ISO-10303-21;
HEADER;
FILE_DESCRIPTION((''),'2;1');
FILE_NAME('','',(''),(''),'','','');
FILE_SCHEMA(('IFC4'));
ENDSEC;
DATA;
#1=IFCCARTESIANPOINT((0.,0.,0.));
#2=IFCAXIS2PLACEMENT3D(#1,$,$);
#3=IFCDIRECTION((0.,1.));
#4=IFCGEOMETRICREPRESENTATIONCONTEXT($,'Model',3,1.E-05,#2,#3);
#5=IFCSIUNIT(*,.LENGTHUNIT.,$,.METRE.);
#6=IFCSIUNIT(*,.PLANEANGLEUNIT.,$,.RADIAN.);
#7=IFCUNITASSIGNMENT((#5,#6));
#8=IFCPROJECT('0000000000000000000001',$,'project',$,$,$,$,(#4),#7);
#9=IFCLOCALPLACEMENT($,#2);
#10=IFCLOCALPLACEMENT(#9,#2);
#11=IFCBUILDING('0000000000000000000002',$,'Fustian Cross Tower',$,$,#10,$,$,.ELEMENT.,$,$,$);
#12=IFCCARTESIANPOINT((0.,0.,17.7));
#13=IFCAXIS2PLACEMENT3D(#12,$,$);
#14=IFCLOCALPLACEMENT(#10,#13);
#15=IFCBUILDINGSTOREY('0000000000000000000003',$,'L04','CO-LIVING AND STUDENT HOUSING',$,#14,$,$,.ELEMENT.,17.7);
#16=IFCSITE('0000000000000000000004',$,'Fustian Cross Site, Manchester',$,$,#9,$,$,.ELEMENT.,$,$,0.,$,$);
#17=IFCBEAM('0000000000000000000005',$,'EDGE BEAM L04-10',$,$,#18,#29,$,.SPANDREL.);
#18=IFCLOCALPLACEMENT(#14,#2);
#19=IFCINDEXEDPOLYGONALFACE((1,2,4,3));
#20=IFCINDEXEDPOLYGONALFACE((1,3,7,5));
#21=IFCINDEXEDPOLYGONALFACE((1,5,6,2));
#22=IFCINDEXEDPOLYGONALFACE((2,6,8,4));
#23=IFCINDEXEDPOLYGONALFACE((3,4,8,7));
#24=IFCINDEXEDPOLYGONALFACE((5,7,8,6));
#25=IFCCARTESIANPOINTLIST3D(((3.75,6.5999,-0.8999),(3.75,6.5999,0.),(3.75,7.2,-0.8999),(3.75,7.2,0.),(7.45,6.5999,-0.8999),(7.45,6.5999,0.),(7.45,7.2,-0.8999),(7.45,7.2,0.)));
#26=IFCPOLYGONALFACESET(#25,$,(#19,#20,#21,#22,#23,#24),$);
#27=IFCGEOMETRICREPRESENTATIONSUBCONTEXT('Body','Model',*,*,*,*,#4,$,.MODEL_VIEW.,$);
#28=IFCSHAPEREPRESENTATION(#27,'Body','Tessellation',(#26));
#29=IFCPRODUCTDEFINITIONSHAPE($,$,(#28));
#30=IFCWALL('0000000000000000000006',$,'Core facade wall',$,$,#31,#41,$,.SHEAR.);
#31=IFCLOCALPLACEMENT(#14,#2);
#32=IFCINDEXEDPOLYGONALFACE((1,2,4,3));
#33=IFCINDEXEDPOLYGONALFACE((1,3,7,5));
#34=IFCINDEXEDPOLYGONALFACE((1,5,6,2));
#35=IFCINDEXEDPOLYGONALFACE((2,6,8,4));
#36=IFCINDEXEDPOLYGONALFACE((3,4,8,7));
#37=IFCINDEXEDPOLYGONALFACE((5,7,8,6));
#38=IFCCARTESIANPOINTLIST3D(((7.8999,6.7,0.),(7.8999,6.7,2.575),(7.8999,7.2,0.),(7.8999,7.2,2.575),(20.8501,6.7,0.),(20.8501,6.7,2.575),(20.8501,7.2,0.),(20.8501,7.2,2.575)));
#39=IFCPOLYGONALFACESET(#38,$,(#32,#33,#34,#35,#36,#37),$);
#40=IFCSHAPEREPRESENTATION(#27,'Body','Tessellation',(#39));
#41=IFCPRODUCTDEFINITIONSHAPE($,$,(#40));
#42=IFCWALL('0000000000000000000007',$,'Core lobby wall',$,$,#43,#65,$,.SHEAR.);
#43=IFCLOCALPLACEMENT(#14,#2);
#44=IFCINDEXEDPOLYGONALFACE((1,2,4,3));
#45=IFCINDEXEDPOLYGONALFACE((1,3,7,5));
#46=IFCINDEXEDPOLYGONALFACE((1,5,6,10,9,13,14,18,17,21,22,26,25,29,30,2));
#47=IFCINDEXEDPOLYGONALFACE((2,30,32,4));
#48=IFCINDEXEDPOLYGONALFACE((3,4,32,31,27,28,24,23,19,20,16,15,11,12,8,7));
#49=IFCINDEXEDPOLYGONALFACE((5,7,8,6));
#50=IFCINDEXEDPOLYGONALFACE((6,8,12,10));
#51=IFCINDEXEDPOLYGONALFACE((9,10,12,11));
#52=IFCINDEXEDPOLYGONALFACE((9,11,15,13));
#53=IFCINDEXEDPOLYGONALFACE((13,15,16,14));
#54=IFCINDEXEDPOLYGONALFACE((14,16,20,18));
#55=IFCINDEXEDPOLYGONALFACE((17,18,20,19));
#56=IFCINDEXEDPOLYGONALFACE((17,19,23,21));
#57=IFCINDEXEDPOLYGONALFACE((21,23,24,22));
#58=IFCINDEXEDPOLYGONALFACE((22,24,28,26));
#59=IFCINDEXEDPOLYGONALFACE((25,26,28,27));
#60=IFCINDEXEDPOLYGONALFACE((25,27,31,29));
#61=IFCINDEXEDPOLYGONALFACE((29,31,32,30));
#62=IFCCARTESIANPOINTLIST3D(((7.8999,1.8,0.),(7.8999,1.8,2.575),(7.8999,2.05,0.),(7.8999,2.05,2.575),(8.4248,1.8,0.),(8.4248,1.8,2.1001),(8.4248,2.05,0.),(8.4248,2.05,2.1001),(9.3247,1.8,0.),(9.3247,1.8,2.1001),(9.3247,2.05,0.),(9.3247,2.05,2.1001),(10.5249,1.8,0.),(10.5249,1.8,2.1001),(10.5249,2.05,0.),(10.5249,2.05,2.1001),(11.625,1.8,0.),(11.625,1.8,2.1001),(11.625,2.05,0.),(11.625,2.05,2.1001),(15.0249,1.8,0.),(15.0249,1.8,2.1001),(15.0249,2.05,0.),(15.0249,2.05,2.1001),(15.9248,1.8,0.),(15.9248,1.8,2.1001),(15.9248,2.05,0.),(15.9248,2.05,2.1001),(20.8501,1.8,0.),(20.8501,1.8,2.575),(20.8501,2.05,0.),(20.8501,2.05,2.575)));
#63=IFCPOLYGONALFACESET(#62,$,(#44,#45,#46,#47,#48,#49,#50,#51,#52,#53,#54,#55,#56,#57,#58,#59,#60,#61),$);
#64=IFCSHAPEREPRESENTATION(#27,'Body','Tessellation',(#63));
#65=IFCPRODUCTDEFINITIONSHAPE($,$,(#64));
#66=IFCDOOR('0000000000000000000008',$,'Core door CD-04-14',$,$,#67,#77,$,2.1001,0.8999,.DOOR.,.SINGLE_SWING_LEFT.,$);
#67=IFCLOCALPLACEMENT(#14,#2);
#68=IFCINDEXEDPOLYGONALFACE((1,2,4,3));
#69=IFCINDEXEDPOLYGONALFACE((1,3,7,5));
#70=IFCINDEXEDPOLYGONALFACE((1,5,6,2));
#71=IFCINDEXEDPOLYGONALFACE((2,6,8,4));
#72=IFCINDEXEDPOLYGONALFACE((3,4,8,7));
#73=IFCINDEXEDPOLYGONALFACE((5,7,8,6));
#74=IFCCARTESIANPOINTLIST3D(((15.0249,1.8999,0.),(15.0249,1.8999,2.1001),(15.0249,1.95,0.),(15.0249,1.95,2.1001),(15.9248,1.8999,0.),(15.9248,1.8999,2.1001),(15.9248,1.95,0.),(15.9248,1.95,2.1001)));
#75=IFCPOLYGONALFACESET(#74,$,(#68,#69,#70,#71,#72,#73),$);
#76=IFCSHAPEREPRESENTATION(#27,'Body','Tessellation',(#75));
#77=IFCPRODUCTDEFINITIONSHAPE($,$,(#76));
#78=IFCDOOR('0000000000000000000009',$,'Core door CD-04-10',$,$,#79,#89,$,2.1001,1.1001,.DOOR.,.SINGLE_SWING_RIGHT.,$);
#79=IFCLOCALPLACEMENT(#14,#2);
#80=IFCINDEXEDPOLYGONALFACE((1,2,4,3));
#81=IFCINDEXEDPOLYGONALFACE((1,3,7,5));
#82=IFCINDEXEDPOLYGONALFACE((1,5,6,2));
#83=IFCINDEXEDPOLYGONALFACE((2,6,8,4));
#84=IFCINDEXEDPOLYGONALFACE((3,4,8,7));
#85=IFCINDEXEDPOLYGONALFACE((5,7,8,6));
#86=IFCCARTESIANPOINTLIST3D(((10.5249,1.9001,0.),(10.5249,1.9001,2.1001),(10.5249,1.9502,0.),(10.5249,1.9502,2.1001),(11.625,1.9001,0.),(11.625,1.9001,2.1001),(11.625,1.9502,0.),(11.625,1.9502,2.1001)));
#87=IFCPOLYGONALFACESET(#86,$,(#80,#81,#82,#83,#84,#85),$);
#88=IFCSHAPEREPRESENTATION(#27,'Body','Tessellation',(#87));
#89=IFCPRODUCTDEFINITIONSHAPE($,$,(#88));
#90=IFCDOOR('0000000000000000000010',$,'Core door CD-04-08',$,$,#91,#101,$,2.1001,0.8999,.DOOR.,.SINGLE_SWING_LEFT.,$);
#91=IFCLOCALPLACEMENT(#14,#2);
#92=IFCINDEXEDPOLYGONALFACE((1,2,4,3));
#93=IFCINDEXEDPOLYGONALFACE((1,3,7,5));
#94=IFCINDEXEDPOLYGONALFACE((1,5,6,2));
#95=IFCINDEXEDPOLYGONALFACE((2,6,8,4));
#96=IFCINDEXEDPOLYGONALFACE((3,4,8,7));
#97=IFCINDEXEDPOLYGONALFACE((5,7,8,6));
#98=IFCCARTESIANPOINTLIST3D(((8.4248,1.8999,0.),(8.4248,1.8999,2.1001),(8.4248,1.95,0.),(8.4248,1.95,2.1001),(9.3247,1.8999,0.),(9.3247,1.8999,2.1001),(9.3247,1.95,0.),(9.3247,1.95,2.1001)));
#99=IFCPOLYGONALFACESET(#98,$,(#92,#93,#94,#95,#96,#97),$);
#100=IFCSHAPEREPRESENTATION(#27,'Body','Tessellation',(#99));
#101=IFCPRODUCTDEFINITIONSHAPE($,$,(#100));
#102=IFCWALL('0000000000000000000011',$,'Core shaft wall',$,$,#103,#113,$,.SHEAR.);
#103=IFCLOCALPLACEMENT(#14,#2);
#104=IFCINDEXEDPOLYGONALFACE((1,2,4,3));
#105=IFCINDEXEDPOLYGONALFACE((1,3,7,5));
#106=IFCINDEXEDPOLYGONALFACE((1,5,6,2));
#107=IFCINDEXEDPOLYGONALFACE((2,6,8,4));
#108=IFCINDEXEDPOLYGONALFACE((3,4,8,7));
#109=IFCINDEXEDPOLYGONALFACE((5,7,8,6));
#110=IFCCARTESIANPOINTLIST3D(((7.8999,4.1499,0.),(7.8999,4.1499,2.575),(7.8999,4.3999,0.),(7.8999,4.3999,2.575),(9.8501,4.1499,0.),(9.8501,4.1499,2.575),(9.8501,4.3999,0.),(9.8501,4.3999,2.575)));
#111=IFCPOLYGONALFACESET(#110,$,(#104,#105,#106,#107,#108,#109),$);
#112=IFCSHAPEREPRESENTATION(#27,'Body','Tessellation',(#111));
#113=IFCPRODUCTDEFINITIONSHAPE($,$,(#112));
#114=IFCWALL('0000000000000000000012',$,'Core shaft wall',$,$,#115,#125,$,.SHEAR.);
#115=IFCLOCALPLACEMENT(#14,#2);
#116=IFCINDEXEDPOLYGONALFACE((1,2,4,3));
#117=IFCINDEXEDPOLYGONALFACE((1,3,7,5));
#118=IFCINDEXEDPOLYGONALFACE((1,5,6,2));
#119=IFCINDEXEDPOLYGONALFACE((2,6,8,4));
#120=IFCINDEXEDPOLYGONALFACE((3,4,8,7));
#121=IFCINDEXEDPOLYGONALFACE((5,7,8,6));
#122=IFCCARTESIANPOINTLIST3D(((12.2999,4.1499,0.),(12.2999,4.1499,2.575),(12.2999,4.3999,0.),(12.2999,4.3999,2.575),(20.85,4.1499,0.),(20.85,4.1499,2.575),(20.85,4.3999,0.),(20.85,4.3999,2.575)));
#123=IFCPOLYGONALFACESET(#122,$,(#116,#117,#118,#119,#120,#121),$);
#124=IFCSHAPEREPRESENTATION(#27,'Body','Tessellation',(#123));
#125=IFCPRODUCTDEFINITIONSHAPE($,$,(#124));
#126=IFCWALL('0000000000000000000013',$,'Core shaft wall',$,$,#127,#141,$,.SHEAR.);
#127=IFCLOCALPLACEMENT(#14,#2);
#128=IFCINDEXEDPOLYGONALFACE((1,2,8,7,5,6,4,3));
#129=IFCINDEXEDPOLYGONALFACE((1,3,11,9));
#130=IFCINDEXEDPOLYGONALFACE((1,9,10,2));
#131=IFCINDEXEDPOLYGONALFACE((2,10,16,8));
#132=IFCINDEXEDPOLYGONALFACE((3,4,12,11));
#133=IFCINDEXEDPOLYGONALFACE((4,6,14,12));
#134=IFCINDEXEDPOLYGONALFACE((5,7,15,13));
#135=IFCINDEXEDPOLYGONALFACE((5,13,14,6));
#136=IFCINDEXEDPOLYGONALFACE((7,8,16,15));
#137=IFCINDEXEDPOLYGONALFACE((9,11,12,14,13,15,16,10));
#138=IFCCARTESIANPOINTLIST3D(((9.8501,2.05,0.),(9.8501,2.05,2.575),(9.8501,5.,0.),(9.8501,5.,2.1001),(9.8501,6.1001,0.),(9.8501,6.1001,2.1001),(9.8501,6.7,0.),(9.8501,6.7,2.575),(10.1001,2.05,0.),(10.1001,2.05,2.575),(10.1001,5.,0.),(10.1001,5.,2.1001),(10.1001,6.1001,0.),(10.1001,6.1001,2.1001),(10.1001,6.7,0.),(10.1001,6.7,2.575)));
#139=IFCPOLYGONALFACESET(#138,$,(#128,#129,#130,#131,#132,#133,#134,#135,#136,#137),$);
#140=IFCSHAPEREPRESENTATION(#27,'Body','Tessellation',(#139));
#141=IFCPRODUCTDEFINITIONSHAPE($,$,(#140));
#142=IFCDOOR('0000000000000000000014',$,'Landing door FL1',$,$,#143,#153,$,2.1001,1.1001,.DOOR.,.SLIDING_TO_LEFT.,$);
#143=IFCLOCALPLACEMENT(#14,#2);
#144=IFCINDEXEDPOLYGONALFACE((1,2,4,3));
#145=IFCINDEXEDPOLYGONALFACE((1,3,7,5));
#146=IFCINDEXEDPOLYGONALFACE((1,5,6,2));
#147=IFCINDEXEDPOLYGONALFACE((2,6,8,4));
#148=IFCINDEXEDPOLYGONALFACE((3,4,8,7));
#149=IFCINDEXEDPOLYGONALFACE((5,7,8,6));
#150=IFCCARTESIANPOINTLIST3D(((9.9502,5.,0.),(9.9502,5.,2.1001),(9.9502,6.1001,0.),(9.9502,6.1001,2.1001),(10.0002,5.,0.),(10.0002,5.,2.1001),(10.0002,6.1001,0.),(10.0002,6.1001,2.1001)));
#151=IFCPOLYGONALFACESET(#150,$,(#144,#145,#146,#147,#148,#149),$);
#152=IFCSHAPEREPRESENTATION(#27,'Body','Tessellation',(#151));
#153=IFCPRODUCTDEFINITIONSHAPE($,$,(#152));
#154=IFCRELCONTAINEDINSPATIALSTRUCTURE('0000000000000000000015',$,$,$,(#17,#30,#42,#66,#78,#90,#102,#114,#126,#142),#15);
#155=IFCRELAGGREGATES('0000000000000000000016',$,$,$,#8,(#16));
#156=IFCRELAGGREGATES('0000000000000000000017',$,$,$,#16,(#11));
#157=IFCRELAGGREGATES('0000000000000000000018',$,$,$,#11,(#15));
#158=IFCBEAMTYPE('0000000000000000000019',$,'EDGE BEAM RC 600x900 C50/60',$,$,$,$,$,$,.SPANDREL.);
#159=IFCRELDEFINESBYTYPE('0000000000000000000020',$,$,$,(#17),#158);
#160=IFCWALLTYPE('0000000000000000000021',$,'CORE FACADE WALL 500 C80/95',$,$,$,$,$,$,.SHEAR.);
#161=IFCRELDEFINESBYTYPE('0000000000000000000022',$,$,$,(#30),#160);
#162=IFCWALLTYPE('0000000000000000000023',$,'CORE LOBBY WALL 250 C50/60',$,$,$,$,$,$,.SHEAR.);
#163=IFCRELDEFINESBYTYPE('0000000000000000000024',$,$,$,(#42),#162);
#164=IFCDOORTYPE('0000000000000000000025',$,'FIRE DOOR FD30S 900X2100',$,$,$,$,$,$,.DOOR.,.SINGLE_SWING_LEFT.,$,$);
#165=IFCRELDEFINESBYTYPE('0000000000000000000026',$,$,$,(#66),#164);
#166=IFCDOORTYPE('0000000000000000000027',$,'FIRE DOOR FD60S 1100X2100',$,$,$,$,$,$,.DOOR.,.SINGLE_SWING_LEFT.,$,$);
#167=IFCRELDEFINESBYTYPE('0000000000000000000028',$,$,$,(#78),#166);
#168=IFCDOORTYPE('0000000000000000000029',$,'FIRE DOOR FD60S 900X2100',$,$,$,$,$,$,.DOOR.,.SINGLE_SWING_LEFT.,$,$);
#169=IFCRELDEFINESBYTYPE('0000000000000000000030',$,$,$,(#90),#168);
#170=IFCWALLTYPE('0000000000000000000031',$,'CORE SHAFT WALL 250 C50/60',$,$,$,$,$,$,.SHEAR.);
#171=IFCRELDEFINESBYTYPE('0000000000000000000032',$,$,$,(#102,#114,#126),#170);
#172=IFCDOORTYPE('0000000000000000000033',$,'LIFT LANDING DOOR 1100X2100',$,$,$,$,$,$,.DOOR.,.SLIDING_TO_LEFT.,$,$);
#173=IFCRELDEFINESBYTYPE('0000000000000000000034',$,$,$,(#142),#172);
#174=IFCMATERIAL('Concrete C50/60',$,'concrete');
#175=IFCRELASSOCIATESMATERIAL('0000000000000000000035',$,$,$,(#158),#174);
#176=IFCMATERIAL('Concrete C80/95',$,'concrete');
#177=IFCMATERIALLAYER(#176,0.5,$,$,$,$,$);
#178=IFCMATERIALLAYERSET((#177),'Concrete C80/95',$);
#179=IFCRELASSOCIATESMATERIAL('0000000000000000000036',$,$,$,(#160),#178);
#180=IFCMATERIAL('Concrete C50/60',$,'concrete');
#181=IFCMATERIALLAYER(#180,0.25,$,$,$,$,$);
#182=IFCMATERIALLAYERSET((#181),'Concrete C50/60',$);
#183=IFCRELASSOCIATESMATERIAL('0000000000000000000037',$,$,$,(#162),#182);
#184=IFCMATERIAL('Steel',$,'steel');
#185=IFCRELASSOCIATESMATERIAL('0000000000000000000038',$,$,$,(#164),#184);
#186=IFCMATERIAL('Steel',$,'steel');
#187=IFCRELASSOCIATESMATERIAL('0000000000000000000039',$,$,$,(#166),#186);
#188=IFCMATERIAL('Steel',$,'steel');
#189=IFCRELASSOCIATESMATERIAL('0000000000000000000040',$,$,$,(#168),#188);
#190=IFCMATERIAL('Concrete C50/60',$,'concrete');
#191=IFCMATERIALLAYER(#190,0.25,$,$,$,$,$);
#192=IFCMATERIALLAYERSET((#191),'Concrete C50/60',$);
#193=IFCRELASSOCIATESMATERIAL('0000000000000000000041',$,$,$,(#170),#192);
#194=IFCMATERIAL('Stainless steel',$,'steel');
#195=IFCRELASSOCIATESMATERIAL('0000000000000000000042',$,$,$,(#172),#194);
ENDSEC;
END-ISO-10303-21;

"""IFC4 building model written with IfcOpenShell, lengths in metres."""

from ifc_helpers import new_model, si_unit, direction, frame, frame_2d, origin, origin_2d, place, context, subcontext, project, spatial, rectangle, extrude, material, layer, layer_set, material_profile, profile_set, type_object, element, fill, save


model = new_model("IFC4")

# Units and contexts
model_context = context("Model", 3, precision=1e-05, world=origin(), true_north=direction((0.0, 1.0)))
body_context = subcontext(model_context, "Body", "Model", "MODEL_VIEW")
ifc_project = project(units=[si_unit("LENGTHUNIT", "METRE"), si_unit("PLANEANGLEUNIT", "RADIAN")], contexts=[model_context])

# Site, building, storey
site_placement = place(None, origin())
site = spatial("IfcSite", under=ifc_project, at=site_placement, Name="Fustian Cross Site, Manchester", CompositionType="ELEMENT", RefElevation=0.0)
building_placement = place(site_placement, origin())
building = spatial("IfcBuilding", under=site, at=building_placement, Name="Fustian Cross Tower", CompositionType="ELEMENT")
storey_placement = place(building_placement, frame((0.0, 0.0, 17.7)))
storey = spatial("IfcBuildingStorey", under=building, at=storey_placement, Name="L04", Description="CO-LIVING AND STUDENT HOUSING", CompositionType="ELEMENT", Elevation=17.7)

# Beam
ifc_material_1 = material(Name="Concrete C50/60", Category="concrete")
ifc_material_profile = material_profile(ifc_material_1, rectangle(XDim=0.6001, YDim=0.8999, at=origin_2d()), Name="RC 600x900")
ifc_profile_set = profile_set([ifc_material_profile], Name="Concrete C50/60")
beam_type = type_object("IfcBeamType", Name="EDGE BEAM RC 600x900 C50/60", PredefinedType="SPANDREL", material=ifc_profile_set)
beam_placement = place(storey_placement, frame((7.45, 6.8999, -0.45), z_axis=(-1.0, 0.0, 0.0), x_axis=(0.0, -1.0, 0.0)))
element("IfcBeam", 1, at=beam_placement, inside=storey, type_object=beam_type, Name="EDGE BEAM L04-10", PredefinedType="SPANDREL", context=body_context, shape_type="SweptSolid", body=[
    extrude(rectangle(XDim=0.6001, YDim=0.8999, at=origin_2d()), origin(), (0.0, 0.0, 1.0), 3.7),
])

# Wall
ifc_material_2 = material(Name="Concrete C80/95", Category="concrete")
ifc_layer_1 = layer(ifc_material_2, 0.5)
ifc_layer_set_1 = layer_set([ifc_layer_1], Name="Concrete C80/95")
wall_type_1 = type_object("IfcWallType", Name="CORE FACADE WALL 500 C80/95", PredefinedType="SHEAR", material=ifc_layer_set_1)
wall_1_placement = place(storey_placement, frame((7.8999, 6.95, 0.0), z_axis=(0.0, 0.0, 1.0), x_axis=(1.0, 0.0, 0.0)))
element("IfcWall", 2, at=wall_1_placement, inside=storey, type_object=wall_type_1, Name="Core facade wall", PredefinedType="SHEAR", context=body_context, shape_type="SweptSolid", body=[
    extrude(rectangle(XDim=12.9502, YDim=0.5, at=frame_2d((6.4751, 0.0))), origin(), (0.0, 0.0, 1.0), 2.575),
])

# Wall, openings, doors
ifc_material_3 = material(Name="Concrete C50/60", Category="concrete")
ifc_layer_2 = layer(ifc_material_3, 0.25)
ifc_layer_set_2 = layer_set([ifc_layer_2], Name="Concrete C50/60")
wall_type_2 = type_object("IfcWallType", Name="CORE LOBBY WALL 250 C50/60", PredefinedType="SHEAR", material=ifc_layer_set_2)
wall_2_placement = place(storey_placement, frame((7.8999, 1.925, 0.0), z_axis=(0.0, 0.0, 1.0), x_axis=(1.0, 0.0, 0.0)))
wall_2 = element("IfcWall", 3, at=wall_2_placement, inside=storey, type_object=wall_type_2, Name="Core lobby wall", PredefinedType="SHEAR", context=body_context, shape_type="SweptSolid", body=[
    extrude(rectangle(XDim=12.9502, YDim=0.25, at=frame_2d((6.4751, 0.0))), origin(), (0.0, 0.0, 1.0), 2.575),
])
opening_1_placement = place(wall_2_placement, frame((0.5249, 0.0, 0.0)))
opening_1 = element("IfcOpeningElement", 4, at=opening_1_placement, cuts=wall_2, PredefinedType="OPENING", context=body_context, shape_type="SweptSolid", body=[
    extrude(rectangle(XDim=0.8999, YDim=2.1001, at=frame_2d((0.45, 1.05))), frame((0.0, 0.135, 0.0), z_axis=(0.0, -1.0, 0.0), x_axis=(1.0, 0.0, 0.0)), (0.0, 0.0, 1.0), 0.27),
])
opening_2_placement = place(wall_2_placement, frame((2.625, 0.0, 0.0)))
opening_2 = element("IfcOpeningElement", 5, at=opening_2_placement, cuts=wall_2, PredefinedType="OPENING", context=body_context, shape_type="SweptSolid", body=[
    extrude(rectangle(XDim=1.1001, YDim=2.1001, at=frame_2d((0.55, 1.05))), frame((0.0, 0.135, 0.0), z_axis=(0.0, -1.0, 0.0), x_axis=(1.0, 0.0, 0.0)), (0.0, 0.0, 1.0), 0.27),
])
opening_3_placement = place(wall_2_placement, frame((7.125, 0.0, 0.0)))
opening_3 = element("IfcOpeningElement", 6, at=opening_3_placement, cuts=wall_2, PredefinedType="OPENING", context=body_context, shape_type="SweptSolid", body=[
    extrude(rectangle(XDim=0.8999, YDim=2.1001, at=frame_2d((0.45, 1.05))), frame((0.0, 0.135, 0.0), z_axis=(0.0, -1.0, 0.0), x_axis=(1.0, 0.0, 0.0)), (0.0, 0.0, 1.0), 0.27),
])
ifc_material_4 = material(Name="Steel", Category="steel")
door_type_1 = type_object("IfcDoorType", Name="FIRE DOOR FD30S 900X2100", OperationType="SINGLE_SWING_LEFT", PredefinedType="DOOR", material=ifc_material_4)
door_1_placement = place(opening_3_placement, origin())
door_1 = element("IfcDoor", 7, at=door_1_placement, inside=storey, type_object=door_type_1, Name="Core door CD-04-14", OperationType="SINGLE_SWING_LEFT", OverallHeight=2.1001, OverallWidth=0.8999, PredefinedType="DOOR", context=body_context, shape_type="SweptSolid", body=[
    extrude(rectangle(XDim=0.8999, YDim=2.1001, at=frame_2d((0.45, 1.05))), frame((0.0, 0.0249, 0.0), z_axis=(0.0, -1.0, 0.0), x_axis=(1.0, 0.0, 0.0)), (0.0, 0.0, 1.0), 0.05),
])
fill(opening_3, door_1)
ifc_material_5 = material(Name="Steel", Category="steel")
door_type_2 = type_object("IfcDoorType", Name="FIRE DOOR FD60S 1100X2100", OperationType="SINGLE_SWING_LEFT", PredefinedType="DOOR", material=ifc_material_5)
door_2_placement = place(opening_2_placement, frame((1.1001, 0.0, 0.0), z_axis=(0.0, 0.0, 1.0), x_axis=(-1.0, 0.0, 0.0)))
door_2 = element("IfcDoor", 8, at=door_2_placement, inside=storey, type_object=door_type_2, Name="Core door CD-04-10", OperationType="SINGLE_SWING_RIGHT", OverallHeight=2.1001, OverallWidth=1.1001, PredefinedType="DOOR", context=body_context, shape_type="SweptSolid", body=[
    extrude(rectangle(XDim=1.1001, YDim=2.1001, at=frame_2d((0.55, 1.05))), frame((0.0, 0.0249, 0.0), z_axis=(0.0, -1.0, 0.0), x_axis=(1.0, 0.0, 0.0)), (0.0, 0.0, 1.0), 0.05),
])
fill(opening_2, door_2)
ifc_material_6 = material(Name="Steel", Category="steel")
door_type_3 = type_object("IfcDoorType", Name="FIRE DOOR FD60S 900X2100", OperationType="SINGLE_SWING_LEFT", PredefinedType="DOOR", material=ifc_material_6)
door_3_placement = place(opening_1_placement, origin())
door_3 = element("IfcDoor", 9, at=door_3_placement, inside=storey, type_object=door_type_3, Name="Core door CD-04-08", OperationType="SINGLE_SWING_LEFT", OverallHeight=2.1001, OverallWidth=0.8999, PredefinedType="DOOR", context=body_context, shape_type="SweptSolid", body=[
    extrude(rectangle(XDim=0.8999, YDim=2.1001, at=frame_2d((0.45, 1.05))), frame((0.0, 0.0249, 0.0), z_axis=(0.0, -1.0, 0.0), x_axis=(1.0, 0.0, 0.0)), (0.0, 0.0, 1.0), 0.05),
])
fill(opening_1, door_3)

# Walls
ifc_material_7 = material(Name="Concrete C50/60", Category="concrete")
ifc_layer_3 = layer(ifc_material_7, 0.25)
ifc_layer_set_3 = layer_set([ifc_layer_3], Name="Concrete C50/60")
wall_type_3 = type_object("IfcWallType", Name="CORE SHAFT WALL 250 C50/60", PredefinedType="SHEAR", material=ifc_layer_set_3)
wall_3_placement = place(storey_placement, frame((7.8999, 4.2749, 0.0), z_axis=(0.0, 0.0, 1.0), x_axis=(1.0, 0.0, 0.0)))
element("IfcWall", 10, at=wall_3_placement, inside=storey, type_object=wall_type_3, Name="Core shaft wall", PredefinedType="SHEAR", context=body_context, shape_type="SweptSolid", body=[
    extrude(rectangle(XDim=1.9502, YDim=0.25, at=frame_2d((0.9751, 0.0))), origin(), (0.0, 0.0, 1.0), 2.575),
])
wall_4_placement = place(storey_placement, frame((12.3, 4.2749, 0.0), z_axis=(0.0, 0.0, 1.0), x_axis=(1.0, 0.0, 0.0)))
element("IfcWall", 11, at=wall_4_placement, inside=storey, type_object=wall_type_3, Name="Core shaft wall", PredefinedType="SHEAR", context=body_context, shape_type="SweptSolid", body=[
    extrude(rectangle(XDim=8.55, YDim=0.25, at=frame_2d((4.2749, 0.0))), origin(), (0.0, 0.0, 1.0), 2.575),
])

# Wall, opening, door
wall_5_placement = place(storey_placement, frame((9.9751, 2.05, 0.0), z_axis=(0.0, 0.0, 1.0), x_axis=(0.0, 1.0, 0.0)))
wall_5 = element("IfcWall", 12, at=wall_5_placement, inside=storey, type_object=wall_type_3, Name="Core shaft wall", PredefinedType="SHEAR", context=body_context, shape_type="SweptSolid", body=[
    extrude(rectangle(XDim=4.6499, YDim=0.25, at=frame_2d((2.325, 0.0))), origin(), (0.0, 0.0, 1.0), 2.575),
])
opening_4_placement = place(wall_5_placement, frame((2.95, 0.0, 0.0)))
opening_4 = element("IfcOpeningElement", 13, at=opening_4_placement, cuts=wall_5, PredefinedType="OPENING", context=body_context, shape_type="SweptSolid", body=[
    extrude(rectangle(XDim=1.1001, YDim=2.1001, at=frame_2d((0.55, 1.05))), frame((0.0, 0.135, 0.0), z_axis=(0.0, -1.0, 0.0), x_axis=(1.0, 0.0, 0.0)), (0.0, 0.0, 1.0), 0.27),
])
ifc_material_8 = material(Name="Stainless steel", Category="steel")
door_type_4 = type_object("IfcDoorType", Name="LIFT LANDING DOOR 1100X2100", OperationType="SLIDING_TO_LEFT", PredefinedType="DOOR", material=ifc_material_8)
door_4_placement = place(opening_4_placement, origin())
door_4 = element("IfcDoor", 14, at=door_4_placement, inside=storey, type_object=door_type_4, Name="Landing door FL1", OperationType="SLIDING_TO_LEFT", OverallHeight=2.1001, OverallWidth=1.1001, PredefinedType="DOOR", context=body_context, shape_type="SweptSolid", body=[
    extrude(rectangle(XDim=1.1001, YDim=2.1001, at=frame_2d((0.55, 1.05))), frame((0.0, 0.0249, 0.0), z_axis=(0.0, -1.0, 0.0), x_axis=(1.0, 0.0, 0.0)), (0.0, 0.0, 1.0), 0.05),
])
fill(opening_4, door_4)

save(model, "model.ifc")
